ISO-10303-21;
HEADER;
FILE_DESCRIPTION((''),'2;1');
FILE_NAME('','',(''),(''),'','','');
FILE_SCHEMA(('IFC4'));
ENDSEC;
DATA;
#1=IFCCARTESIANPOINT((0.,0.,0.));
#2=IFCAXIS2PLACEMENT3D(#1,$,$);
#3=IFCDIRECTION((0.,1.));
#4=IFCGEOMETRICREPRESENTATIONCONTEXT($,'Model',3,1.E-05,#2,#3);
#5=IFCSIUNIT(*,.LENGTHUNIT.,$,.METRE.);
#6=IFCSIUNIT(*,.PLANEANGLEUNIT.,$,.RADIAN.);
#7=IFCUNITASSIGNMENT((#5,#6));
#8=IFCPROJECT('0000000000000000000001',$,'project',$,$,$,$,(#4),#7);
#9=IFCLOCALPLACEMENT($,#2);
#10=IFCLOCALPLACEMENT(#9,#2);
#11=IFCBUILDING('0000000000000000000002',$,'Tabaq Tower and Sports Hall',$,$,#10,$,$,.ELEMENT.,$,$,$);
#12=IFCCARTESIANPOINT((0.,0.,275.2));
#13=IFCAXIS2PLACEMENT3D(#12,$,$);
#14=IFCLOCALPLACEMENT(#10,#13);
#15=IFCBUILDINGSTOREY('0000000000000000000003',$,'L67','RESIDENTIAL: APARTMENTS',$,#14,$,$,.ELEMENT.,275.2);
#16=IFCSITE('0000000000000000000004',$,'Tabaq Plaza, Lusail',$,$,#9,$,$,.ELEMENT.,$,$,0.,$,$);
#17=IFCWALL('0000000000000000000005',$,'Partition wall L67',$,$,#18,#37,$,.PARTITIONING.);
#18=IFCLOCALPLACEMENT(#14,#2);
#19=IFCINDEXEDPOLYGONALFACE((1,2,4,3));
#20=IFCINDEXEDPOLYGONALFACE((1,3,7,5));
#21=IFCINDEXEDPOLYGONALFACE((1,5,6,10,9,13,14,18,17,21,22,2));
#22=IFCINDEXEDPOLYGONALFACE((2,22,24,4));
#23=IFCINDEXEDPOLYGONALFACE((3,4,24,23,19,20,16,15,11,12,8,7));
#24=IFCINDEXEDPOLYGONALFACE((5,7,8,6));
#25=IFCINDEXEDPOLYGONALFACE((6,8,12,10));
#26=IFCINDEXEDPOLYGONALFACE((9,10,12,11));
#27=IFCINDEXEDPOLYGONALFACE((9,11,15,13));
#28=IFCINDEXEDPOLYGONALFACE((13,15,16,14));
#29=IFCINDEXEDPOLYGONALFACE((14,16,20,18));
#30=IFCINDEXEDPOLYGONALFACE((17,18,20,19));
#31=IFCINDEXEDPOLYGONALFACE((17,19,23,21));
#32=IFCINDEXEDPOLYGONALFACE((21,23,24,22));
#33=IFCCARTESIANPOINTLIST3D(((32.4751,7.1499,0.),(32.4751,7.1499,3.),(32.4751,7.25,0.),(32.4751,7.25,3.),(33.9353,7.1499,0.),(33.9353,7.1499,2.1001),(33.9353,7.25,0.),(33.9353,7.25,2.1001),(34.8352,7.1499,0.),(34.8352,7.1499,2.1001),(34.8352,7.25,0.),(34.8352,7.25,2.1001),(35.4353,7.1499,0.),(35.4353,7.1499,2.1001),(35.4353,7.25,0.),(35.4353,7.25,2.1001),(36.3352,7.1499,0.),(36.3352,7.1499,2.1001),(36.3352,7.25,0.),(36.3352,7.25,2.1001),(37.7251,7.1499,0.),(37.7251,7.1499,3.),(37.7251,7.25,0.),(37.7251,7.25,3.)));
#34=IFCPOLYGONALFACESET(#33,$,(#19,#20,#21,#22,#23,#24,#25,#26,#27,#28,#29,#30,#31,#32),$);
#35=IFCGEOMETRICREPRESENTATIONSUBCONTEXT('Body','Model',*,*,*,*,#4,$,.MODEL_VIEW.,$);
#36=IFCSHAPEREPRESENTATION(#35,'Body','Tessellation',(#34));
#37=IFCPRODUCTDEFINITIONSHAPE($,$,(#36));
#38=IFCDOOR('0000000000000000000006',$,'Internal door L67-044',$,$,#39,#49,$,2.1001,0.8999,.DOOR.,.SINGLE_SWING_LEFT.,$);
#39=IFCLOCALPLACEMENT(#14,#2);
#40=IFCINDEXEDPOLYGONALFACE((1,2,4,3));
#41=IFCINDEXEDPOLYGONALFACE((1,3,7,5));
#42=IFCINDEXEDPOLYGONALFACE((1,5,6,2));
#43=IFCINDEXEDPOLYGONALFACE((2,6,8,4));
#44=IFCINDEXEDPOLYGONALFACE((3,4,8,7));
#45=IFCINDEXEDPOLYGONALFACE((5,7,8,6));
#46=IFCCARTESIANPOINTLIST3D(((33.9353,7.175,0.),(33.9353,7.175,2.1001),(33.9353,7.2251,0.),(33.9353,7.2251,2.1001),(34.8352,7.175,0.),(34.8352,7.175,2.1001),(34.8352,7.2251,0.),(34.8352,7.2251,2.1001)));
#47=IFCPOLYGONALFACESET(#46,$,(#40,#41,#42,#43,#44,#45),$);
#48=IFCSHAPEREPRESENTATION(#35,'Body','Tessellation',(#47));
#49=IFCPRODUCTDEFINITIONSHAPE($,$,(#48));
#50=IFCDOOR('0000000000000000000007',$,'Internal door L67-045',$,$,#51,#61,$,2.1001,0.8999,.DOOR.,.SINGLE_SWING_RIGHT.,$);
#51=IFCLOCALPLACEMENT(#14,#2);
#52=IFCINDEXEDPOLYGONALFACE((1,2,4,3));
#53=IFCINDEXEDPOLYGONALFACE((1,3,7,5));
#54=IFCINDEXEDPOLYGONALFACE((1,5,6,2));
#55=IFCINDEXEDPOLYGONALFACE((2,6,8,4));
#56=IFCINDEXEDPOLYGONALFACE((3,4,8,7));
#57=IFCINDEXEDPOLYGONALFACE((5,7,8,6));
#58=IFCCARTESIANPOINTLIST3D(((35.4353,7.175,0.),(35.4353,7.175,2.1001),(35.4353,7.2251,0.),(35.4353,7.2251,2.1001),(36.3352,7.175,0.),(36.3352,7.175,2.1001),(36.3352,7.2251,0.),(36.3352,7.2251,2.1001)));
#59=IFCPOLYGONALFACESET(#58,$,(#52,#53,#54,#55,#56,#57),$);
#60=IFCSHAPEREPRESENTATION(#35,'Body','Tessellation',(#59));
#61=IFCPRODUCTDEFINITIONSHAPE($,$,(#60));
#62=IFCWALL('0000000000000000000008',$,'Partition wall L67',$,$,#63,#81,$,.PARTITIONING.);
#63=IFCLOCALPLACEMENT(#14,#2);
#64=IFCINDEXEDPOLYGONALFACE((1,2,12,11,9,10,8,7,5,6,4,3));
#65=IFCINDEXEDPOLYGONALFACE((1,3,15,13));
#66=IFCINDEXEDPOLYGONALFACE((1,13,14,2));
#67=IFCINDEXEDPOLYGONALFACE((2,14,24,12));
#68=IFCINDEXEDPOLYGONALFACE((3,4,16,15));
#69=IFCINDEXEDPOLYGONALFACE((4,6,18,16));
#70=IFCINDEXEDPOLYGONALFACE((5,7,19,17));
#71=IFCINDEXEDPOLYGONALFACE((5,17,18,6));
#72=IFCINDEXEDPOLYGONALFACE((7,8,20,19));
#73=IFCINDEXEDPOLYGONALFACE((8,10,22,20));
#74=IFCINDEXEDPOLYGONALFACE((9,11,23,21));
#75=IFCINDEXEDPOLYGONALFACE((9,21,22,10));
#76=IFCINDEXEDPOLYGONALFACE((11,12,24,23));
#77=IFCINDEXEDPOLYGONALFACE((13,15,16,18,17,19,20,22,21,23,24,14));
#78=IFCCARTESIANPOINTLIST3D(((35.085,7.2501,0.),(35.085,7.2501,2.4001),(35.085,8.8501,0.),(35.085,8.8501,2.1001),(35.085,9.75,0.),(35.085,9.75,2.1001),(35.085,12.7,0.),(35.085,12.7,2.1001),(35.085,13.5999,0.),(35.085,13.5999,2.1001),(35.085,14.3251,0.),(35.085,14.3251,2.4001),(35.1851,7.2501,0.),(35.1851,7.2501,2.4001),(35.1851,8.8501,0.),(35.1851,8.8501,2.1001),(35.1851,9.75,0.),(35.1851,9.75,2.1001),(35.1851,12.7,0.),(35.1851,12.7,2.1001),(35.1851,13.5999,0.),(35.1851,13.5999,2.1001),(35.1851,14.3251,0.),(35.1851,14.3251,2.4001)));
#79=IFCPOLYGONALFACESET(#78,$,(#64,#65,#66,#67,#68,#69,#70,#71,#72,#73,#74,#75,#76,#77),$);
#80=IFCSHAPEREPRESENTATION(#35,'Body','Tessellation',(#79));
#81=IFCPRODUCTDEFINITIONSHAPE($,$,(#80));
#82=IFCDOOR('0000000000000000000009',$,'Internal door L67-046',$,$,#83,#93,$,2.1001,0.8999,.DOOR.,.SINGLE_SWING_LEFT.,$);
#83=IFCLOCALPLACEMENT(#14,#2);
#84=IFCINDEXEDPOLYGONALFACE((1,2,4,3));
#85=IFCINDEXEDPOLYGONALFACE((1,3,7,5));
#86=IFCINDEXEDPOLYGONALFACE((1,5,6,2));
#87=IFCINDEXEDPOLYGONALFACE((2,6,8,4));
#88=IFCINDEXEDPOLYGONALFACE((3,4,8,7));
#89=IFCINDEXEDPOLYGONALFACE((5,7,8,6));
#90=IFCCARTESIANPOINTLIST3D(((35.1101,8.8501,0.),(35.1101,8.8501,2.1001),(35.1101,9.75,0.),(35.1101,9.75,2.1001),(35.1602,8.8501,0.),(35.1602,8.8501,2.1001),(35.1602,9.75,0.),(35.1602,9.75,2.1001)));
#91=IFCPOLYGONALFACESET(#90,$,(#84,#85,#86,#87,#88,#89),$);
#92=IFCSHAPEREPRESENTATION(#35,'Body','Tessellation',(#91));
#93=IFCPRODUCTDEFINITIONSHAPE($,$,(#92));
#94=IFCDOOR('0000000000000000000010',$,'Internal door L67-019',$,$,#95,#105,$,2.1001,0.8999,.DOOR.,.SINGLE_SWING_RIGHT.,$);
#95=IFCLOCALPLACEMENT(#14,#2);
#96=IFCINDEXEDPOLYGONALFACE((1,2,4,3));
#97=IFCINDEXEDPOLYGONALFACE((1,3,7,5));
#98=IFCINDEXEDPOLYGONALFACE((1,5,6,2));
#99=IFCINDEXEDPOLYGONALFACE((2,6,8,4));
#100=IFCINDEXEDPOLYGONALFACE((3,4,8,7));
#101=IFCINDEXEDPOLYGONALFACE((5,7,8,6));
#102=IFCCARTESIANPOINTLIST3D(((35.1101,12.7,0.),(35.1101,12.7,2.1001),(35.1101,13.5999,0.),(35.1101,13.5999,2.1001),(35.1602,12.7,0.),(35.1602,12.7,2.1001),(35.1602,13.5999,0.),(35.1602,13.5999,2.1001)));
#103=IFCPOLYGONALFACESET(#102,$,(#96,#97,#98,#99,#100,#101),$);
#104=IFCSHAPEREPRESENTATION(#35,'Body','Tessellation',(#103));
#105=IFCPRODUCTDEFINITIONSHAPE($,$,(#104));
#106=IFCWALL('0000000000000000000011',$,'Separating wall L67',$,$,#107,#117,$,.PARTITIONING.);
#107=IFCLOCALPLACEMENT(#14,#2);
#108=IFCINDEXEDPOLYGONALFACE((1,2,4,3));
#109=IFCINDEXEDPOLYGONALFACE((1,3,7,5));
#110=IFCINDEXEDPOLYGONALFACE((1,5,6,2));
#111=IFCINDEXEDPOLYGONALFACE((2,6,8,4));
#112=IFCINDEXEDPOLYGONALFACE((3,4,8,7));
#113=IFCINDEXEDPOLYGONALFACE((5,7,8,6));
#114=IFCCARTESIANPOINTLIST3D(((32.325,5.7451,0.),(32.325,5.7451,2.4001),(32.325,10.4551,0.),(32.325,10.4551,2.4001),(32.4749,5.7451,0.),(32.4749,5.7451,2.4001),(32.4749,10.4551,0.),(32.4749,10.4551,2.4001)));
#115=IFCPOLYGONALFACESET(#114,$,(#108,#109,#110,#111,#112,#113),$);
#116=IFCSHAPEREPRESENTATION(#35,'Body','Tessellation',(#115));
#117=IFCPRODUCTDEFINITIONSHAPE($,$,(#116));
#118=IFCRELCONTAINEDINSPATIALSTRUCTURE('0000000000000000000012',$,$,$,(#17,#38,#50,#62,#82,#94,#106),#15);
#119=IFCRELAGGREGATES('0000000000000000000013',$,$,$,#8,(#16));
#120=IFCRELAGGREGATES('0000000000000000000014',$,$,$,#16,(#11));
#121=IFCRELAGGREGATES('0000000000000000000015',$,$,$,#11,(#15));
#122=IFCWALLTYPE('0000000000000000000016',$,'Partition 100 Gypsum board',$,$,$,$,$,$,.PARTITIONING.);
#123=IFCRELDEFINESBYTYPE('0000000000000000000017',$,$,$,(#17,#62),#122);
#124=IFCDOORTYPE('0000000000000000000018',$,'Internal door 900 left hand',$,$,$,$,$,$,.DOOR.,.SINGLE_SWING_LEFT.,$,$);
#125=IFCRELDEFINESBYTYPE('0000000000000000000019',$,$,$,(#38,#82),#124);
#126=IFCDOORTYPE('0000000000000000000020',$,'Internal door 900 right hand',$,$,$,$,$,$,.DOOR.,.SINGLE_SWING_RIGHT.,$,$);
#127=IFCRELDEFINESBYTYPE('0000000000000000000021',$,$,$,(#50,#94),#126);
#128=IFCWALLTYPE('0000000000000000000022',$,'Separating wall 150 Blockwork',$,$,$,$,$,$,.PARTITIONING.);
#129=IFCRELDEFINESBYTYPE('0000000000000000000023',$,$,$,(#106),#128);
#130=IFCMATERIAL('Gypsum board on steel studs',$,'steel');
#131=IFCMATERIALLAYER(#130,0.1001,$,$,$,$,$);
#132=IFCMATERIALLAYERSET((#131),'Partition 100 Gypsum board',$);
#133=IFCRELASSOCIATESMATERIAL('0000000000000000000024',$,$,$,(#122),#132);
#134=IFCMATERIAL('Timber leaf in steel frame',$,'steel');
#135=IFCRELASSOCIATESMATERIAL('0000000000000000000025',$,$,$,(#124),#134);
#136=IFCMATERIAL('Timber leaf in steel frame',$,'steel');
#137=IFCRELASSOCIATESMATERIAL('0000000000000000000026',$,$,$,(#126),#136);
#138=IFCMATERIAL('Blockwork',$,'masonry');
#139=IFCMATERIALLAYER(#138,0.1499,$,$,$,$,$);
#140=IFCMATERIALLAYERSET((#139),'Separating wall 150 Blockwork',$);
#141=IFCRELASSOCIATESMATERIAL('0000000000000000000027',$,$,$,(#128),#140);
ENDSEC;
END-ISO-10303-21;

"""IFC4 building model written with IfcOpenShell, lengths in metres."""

from ifc_helpers import new_model, si_unit, direction, frame, frame_2d, origin, place, context, subcontext, project, spatial, rectangle, extrude, material, layer, layer_set, type_object, element, fill, save


model = new_model("IFC4")

# Units and contexts
model_context = context("Model", 3, precision=1e-05, world=origin(), true_north=direction((0.0, 1.0)))
body_context = subcontext(model_context, "Body", "Model", "MODEL_VIEW")
ifc_project = project(units=[si_unit("LENGTHUNIT", "METRE"), si_unit("PLANEANGLEUNIT", "RADIAN")], contexts=[model_context])

# Site, building, storey
site_placement = place(None, origin())
site = spatial("IfcSite", under=ifc_project, at=site_placement, Name="Tabaq Plaza, Lusail", CompositionType="ELEMENT", RefElevation=0.0)
building_placement = place(site_placement, origin())
building = spatial("IfcBuilding", under=site, at=building_placement, Name="Tabaq Tower and Sports Hall", CompositionType="ELEMENT")
storey_placement = place(building_placement, frame((0.0, 0.0, 275.2)))
storey = spatial("IfcBuildingStorey", under=building, at=storey_placement, Name="L67", Description="RESIDENTIAL: APARTMENTS", CompositionType="ELEMENT", Elevation=275.2)

# Shared definitions
ifc_material_1 = material(Name="Gypsum board on steel studs", Category="steel")
ifc_layer_1 = layer(ifc_material_1, 0.1001)
ifc_layer_set_1 = layer_set([ifc_layer_1], Name="Partition 100 Gypsum board")
wall_type_1 = type_object("IfcWallType", Name="Partition 100 Gypsum board", PredefinedType="PARTITIONING", material=ifc_layer_set_1)
ifc_material_2 = material(Name="Timber leaf in steel frame", Category="steel")
door_type_1 = type_object("IfcDoorType", Name="Internal door 900 left hand", OperationType="SINGLE_SWING_LEFT", PredefinedType="DOOR", material=ifc_material_2)
ifc_material_3 = material(Name="Timber leaf in steel frame", Category="steel")
door_type_2 = type_object("IfcDoorType", Name="Internal door 900 right hand", OperationType="SINGLE_SWING_RIGHT", PredefinedType="DOOR", material=ifc_material_3)

# Walls, openings, doors
wall_1_placement = place(storey_placement, frame((37.7251, 7.2, 0.0), z_axis=(0.0, 0.0, 1.0), x_axis=(-1.0, 0.0, 0.0)))
wall_1 = element("IfcWall", 1, at=wall_1_placement, inside=storey, type_object=wall_type_1, Name="Partition wall L67", PredefinedType="PARTITIONING", context=body_context, shape_type="SweptSolid", body=[
    extrude(rectangle(XDim=5.25, YDim=0.1001, at=frame_2d((2.625, 0.0))), origin(), (0.0, 0.0, 1.0), 3.0),
])
opening_1_placement = place(wall_1_placement, frame((2.8899, 0.0, 0.0)))
opening_1 = element("IfcOpeningElement", 2, at=opening_1_placement, cuts=wall_1, PredefinedType="OPENING", context=body_context, shape_type="SweptSolid", body=[
    extrude(rectangle(XDim=0.8999, YDim=2.1001, at=frame_2d((0.45, 1.05))), frame((0.0, 0.05, 0.0), z_axis=(0.0, -1.0, 0.0), x_axis=(1.0, 0.0, 0.0)), (0.0, 0.0, 1.0), 0.1001),
])
opening_2_placement = place(wall_1_placement, frame((1.3899, 0.0, 0.0)))
opening_2 = element("IfcOpeningElement", 3, at=opening_2_placement, cuts=wall_1, PredefinedType="OPENING", context=body_context, shape_type="SweptSolid", body=[
    extrude(rectangle(XDim=0.8999, YDim=2.1001, at=frame_2d((0.45, 1.05))), frame((0.0, 0.05, 0.0), z_axis=(0.0, -1.0, 0.0), x_axis=(1.0, 0.0, 0.0)), (0.0, 0.0, 1.0), 0.1001),
])
door_1_placement = place(opening_1_placement, origin())
door_1 = element("IfcDoor", 4, at=door_1_placement, inside=storey, type_object=door_type_1, Name="Internal door L67-044", OperationType="SINGLE_SWING_LEFT", OverallHeight=2.1001, OverallWidth=0.8999, PredefinedType="DOOR", context=body_context, shape_type="SweptSolid", body=[
    extrude(rectangle(XDim=0.8999, YDim=2.1001, at=frame_2d((0.45, 1.05))), frame((0.0, 0.0249, 0.0), z_axis=(0.0, -1.0, 0.0), x_axis=(1.0, 0.0, 0.0)), (0.0, 0.0, 1.0), 0.05),
])
fill(opening_1, door_1)
door_2_placement = place(opening_2_placement, origin())
door_2 = element("IfcDoor", 5, at=door_2_placement, inside=storey, type_object=door_type_2, Name="Internal door L67-045", OperationType="SINGLE_SWING_RIGHT", OverallHeight=2.1001, OverallWidth=0.8999, PredefinedType="DOOR", context=body_context, shape_type="SweptSolid", body=[
    extrude(rectangle(XDim=0.8999, YDim=2.1001, at=frame_2d((0.45, 1.05))), frame((0.0, 0.0249, 0.0), z_axis=(0.0, -1.0, 0.0), x_axis=(1.0, 0.0, 0.0)), (0.0, 0.0, 1.0), 0.05),
])
fill(opening_2, door_2)
wall_2_placement = place(storey_placement, frame((35.135, 7.25, 0.0), z_axis=(0.0, 0.0, 1.0), x_axis=(0.0, 1.0, 0.0)))
wall_2 = element("IfcWall", 6, at=wall_2_placement, inside=storey, type_object=wall_type_1, Name="Partition wall L67", PredefinedType="PARTITIONING", context=body_context, shape_type="SweptSolid", body=[
    extrude(rectangle(XDim=7.075, YDim=0.1001, at=frame_2d((3.5376, 0.0))), origin(), (0.0, 0.0, 1.0), 2.4001),
])
opening_3_placement = place(wall_2_placement, frame((5.45, 0.0, 0.0)))
opening_3 = element("IfcOpeningElement", 7, at=opening_3_placement, cuts=wall_2, PredefinedType="OPENING", context=body_context, shape_type="SweptSolid", body=[
    extrude(rectangle(XDim=0.8999, YDim=2.1001, at=frame_2d((0.45, 1.05))), frame((0.0, 0.05, 0.0), z_axis=(0.0, -1.0, 0.0), x_axis=(1.0, 0.0, 0.0)), (0.0, 0.0, 1.0), 0.1001),
])
opening_4_placement = place(wall_2_placement, frame((1.6001, 0.0, 0.0)))
opening_4 = element("IfcOpeningElement", 8, at=opening_4_placement, cuts=wall_2, PredefinedType="OPENING", context=body_context, shape_type="SweptSolid", body=[
    extrude(rectangle(XDim=0.8999, YDim=2.1001, at=frame_2d((0.45, 1.05))), frame((0.0, 0.05, 0.0), z_axis=(0.0, -1.0, 0.0), x_axis=(1.0, 0.0, 0.0)), (0.0, 0.0, 1.0), 0.1001),
])
door_3_placement = place(opening_4_placement, origin())
door_3 = element("IfcDoor", 9, at=door_3_placement, inside=storey, type_object=door_type_1, Name="Internal door L67-046", OperationType="SINGLE_SWING_LEFT", OverallHeight=2.1001, OverallWidth=0.8999, PredefinedType="DOOR", context=body_context, shape_type="SweptSolid", body=[
    extrude(rectangle(XDim=0.8999, YDim=2.1001, at=frame_2d((0.45, 1.05))), frame((0.0, 0.0249, 0.0), z_axis=(0.0, -1.0, 0.0), x_axis=(1.0, 0.0, 0.0)), (0.0, 0.0, 1.0), 0.05),
])
fill(opening_4, door_3)
door_4_placement = place(opening_3_placement, origin())
door_4 = element("IfcDoor", 10, at=door_4_placement, inside=storey, type_object=door_type_2, Name="Internal door L67-019", OperationType="SINGLE_SWING_RIGHT", OverallHeight=2.1001, OverallWidth=0.8999, PredefinedType="DOOR", context=body_context, shape_type="SweptSolid", body=[
    extrude(rectangle(XDim=0.8999, YDim=2.1001, at=frame_2d((0.45, 1.05))), frame((0.0, 0.0249, 0.0), z_axis=(0.0, -1.0, 0.0), x_axis=(1.0, 0.0, 0.0)), (0.0, 0.0, 1.0), 0.05),
])
fill(opening_3, door_4)

# Wall
ifc_material_4 = material(Name="Blockwork", Category="masonry")
ifc_layer_2 = layer(ifc_material_4, 0.1499)
ifc_layer_set_2 = layer_set([ifc_layer_2], Name="Separating wall 150 Blockwork")
wall_type_2 = type_object("IfcWallType", Name="Separating wall 150 Blockwork", PredefinedType="PARTITIONING", material=ifc_layer_set_2)
wall_3_placement = place(storey_placement, frame((32.3999, 5.7451, 0.0), z_axis=(0.0, 0.0, 1.0), x_axis=(0.0, 1.0, 0.0)))
element("IfcWall", 11, at=wall_3_placement, inside=storey, type_object=wall_type_2, Name="Separating wall L67", PredefinedType="PARTITIONING", context=body_context, shape_type="SweptSolid", body=[
    extrude(rectangle(XDim=4.71, YDim=0.1499, at=frame_2d((2.355, 0.0))), origin(), (0.0, 0.0, 1.0), 2.4001),
])

save(model, "model.ifc")
